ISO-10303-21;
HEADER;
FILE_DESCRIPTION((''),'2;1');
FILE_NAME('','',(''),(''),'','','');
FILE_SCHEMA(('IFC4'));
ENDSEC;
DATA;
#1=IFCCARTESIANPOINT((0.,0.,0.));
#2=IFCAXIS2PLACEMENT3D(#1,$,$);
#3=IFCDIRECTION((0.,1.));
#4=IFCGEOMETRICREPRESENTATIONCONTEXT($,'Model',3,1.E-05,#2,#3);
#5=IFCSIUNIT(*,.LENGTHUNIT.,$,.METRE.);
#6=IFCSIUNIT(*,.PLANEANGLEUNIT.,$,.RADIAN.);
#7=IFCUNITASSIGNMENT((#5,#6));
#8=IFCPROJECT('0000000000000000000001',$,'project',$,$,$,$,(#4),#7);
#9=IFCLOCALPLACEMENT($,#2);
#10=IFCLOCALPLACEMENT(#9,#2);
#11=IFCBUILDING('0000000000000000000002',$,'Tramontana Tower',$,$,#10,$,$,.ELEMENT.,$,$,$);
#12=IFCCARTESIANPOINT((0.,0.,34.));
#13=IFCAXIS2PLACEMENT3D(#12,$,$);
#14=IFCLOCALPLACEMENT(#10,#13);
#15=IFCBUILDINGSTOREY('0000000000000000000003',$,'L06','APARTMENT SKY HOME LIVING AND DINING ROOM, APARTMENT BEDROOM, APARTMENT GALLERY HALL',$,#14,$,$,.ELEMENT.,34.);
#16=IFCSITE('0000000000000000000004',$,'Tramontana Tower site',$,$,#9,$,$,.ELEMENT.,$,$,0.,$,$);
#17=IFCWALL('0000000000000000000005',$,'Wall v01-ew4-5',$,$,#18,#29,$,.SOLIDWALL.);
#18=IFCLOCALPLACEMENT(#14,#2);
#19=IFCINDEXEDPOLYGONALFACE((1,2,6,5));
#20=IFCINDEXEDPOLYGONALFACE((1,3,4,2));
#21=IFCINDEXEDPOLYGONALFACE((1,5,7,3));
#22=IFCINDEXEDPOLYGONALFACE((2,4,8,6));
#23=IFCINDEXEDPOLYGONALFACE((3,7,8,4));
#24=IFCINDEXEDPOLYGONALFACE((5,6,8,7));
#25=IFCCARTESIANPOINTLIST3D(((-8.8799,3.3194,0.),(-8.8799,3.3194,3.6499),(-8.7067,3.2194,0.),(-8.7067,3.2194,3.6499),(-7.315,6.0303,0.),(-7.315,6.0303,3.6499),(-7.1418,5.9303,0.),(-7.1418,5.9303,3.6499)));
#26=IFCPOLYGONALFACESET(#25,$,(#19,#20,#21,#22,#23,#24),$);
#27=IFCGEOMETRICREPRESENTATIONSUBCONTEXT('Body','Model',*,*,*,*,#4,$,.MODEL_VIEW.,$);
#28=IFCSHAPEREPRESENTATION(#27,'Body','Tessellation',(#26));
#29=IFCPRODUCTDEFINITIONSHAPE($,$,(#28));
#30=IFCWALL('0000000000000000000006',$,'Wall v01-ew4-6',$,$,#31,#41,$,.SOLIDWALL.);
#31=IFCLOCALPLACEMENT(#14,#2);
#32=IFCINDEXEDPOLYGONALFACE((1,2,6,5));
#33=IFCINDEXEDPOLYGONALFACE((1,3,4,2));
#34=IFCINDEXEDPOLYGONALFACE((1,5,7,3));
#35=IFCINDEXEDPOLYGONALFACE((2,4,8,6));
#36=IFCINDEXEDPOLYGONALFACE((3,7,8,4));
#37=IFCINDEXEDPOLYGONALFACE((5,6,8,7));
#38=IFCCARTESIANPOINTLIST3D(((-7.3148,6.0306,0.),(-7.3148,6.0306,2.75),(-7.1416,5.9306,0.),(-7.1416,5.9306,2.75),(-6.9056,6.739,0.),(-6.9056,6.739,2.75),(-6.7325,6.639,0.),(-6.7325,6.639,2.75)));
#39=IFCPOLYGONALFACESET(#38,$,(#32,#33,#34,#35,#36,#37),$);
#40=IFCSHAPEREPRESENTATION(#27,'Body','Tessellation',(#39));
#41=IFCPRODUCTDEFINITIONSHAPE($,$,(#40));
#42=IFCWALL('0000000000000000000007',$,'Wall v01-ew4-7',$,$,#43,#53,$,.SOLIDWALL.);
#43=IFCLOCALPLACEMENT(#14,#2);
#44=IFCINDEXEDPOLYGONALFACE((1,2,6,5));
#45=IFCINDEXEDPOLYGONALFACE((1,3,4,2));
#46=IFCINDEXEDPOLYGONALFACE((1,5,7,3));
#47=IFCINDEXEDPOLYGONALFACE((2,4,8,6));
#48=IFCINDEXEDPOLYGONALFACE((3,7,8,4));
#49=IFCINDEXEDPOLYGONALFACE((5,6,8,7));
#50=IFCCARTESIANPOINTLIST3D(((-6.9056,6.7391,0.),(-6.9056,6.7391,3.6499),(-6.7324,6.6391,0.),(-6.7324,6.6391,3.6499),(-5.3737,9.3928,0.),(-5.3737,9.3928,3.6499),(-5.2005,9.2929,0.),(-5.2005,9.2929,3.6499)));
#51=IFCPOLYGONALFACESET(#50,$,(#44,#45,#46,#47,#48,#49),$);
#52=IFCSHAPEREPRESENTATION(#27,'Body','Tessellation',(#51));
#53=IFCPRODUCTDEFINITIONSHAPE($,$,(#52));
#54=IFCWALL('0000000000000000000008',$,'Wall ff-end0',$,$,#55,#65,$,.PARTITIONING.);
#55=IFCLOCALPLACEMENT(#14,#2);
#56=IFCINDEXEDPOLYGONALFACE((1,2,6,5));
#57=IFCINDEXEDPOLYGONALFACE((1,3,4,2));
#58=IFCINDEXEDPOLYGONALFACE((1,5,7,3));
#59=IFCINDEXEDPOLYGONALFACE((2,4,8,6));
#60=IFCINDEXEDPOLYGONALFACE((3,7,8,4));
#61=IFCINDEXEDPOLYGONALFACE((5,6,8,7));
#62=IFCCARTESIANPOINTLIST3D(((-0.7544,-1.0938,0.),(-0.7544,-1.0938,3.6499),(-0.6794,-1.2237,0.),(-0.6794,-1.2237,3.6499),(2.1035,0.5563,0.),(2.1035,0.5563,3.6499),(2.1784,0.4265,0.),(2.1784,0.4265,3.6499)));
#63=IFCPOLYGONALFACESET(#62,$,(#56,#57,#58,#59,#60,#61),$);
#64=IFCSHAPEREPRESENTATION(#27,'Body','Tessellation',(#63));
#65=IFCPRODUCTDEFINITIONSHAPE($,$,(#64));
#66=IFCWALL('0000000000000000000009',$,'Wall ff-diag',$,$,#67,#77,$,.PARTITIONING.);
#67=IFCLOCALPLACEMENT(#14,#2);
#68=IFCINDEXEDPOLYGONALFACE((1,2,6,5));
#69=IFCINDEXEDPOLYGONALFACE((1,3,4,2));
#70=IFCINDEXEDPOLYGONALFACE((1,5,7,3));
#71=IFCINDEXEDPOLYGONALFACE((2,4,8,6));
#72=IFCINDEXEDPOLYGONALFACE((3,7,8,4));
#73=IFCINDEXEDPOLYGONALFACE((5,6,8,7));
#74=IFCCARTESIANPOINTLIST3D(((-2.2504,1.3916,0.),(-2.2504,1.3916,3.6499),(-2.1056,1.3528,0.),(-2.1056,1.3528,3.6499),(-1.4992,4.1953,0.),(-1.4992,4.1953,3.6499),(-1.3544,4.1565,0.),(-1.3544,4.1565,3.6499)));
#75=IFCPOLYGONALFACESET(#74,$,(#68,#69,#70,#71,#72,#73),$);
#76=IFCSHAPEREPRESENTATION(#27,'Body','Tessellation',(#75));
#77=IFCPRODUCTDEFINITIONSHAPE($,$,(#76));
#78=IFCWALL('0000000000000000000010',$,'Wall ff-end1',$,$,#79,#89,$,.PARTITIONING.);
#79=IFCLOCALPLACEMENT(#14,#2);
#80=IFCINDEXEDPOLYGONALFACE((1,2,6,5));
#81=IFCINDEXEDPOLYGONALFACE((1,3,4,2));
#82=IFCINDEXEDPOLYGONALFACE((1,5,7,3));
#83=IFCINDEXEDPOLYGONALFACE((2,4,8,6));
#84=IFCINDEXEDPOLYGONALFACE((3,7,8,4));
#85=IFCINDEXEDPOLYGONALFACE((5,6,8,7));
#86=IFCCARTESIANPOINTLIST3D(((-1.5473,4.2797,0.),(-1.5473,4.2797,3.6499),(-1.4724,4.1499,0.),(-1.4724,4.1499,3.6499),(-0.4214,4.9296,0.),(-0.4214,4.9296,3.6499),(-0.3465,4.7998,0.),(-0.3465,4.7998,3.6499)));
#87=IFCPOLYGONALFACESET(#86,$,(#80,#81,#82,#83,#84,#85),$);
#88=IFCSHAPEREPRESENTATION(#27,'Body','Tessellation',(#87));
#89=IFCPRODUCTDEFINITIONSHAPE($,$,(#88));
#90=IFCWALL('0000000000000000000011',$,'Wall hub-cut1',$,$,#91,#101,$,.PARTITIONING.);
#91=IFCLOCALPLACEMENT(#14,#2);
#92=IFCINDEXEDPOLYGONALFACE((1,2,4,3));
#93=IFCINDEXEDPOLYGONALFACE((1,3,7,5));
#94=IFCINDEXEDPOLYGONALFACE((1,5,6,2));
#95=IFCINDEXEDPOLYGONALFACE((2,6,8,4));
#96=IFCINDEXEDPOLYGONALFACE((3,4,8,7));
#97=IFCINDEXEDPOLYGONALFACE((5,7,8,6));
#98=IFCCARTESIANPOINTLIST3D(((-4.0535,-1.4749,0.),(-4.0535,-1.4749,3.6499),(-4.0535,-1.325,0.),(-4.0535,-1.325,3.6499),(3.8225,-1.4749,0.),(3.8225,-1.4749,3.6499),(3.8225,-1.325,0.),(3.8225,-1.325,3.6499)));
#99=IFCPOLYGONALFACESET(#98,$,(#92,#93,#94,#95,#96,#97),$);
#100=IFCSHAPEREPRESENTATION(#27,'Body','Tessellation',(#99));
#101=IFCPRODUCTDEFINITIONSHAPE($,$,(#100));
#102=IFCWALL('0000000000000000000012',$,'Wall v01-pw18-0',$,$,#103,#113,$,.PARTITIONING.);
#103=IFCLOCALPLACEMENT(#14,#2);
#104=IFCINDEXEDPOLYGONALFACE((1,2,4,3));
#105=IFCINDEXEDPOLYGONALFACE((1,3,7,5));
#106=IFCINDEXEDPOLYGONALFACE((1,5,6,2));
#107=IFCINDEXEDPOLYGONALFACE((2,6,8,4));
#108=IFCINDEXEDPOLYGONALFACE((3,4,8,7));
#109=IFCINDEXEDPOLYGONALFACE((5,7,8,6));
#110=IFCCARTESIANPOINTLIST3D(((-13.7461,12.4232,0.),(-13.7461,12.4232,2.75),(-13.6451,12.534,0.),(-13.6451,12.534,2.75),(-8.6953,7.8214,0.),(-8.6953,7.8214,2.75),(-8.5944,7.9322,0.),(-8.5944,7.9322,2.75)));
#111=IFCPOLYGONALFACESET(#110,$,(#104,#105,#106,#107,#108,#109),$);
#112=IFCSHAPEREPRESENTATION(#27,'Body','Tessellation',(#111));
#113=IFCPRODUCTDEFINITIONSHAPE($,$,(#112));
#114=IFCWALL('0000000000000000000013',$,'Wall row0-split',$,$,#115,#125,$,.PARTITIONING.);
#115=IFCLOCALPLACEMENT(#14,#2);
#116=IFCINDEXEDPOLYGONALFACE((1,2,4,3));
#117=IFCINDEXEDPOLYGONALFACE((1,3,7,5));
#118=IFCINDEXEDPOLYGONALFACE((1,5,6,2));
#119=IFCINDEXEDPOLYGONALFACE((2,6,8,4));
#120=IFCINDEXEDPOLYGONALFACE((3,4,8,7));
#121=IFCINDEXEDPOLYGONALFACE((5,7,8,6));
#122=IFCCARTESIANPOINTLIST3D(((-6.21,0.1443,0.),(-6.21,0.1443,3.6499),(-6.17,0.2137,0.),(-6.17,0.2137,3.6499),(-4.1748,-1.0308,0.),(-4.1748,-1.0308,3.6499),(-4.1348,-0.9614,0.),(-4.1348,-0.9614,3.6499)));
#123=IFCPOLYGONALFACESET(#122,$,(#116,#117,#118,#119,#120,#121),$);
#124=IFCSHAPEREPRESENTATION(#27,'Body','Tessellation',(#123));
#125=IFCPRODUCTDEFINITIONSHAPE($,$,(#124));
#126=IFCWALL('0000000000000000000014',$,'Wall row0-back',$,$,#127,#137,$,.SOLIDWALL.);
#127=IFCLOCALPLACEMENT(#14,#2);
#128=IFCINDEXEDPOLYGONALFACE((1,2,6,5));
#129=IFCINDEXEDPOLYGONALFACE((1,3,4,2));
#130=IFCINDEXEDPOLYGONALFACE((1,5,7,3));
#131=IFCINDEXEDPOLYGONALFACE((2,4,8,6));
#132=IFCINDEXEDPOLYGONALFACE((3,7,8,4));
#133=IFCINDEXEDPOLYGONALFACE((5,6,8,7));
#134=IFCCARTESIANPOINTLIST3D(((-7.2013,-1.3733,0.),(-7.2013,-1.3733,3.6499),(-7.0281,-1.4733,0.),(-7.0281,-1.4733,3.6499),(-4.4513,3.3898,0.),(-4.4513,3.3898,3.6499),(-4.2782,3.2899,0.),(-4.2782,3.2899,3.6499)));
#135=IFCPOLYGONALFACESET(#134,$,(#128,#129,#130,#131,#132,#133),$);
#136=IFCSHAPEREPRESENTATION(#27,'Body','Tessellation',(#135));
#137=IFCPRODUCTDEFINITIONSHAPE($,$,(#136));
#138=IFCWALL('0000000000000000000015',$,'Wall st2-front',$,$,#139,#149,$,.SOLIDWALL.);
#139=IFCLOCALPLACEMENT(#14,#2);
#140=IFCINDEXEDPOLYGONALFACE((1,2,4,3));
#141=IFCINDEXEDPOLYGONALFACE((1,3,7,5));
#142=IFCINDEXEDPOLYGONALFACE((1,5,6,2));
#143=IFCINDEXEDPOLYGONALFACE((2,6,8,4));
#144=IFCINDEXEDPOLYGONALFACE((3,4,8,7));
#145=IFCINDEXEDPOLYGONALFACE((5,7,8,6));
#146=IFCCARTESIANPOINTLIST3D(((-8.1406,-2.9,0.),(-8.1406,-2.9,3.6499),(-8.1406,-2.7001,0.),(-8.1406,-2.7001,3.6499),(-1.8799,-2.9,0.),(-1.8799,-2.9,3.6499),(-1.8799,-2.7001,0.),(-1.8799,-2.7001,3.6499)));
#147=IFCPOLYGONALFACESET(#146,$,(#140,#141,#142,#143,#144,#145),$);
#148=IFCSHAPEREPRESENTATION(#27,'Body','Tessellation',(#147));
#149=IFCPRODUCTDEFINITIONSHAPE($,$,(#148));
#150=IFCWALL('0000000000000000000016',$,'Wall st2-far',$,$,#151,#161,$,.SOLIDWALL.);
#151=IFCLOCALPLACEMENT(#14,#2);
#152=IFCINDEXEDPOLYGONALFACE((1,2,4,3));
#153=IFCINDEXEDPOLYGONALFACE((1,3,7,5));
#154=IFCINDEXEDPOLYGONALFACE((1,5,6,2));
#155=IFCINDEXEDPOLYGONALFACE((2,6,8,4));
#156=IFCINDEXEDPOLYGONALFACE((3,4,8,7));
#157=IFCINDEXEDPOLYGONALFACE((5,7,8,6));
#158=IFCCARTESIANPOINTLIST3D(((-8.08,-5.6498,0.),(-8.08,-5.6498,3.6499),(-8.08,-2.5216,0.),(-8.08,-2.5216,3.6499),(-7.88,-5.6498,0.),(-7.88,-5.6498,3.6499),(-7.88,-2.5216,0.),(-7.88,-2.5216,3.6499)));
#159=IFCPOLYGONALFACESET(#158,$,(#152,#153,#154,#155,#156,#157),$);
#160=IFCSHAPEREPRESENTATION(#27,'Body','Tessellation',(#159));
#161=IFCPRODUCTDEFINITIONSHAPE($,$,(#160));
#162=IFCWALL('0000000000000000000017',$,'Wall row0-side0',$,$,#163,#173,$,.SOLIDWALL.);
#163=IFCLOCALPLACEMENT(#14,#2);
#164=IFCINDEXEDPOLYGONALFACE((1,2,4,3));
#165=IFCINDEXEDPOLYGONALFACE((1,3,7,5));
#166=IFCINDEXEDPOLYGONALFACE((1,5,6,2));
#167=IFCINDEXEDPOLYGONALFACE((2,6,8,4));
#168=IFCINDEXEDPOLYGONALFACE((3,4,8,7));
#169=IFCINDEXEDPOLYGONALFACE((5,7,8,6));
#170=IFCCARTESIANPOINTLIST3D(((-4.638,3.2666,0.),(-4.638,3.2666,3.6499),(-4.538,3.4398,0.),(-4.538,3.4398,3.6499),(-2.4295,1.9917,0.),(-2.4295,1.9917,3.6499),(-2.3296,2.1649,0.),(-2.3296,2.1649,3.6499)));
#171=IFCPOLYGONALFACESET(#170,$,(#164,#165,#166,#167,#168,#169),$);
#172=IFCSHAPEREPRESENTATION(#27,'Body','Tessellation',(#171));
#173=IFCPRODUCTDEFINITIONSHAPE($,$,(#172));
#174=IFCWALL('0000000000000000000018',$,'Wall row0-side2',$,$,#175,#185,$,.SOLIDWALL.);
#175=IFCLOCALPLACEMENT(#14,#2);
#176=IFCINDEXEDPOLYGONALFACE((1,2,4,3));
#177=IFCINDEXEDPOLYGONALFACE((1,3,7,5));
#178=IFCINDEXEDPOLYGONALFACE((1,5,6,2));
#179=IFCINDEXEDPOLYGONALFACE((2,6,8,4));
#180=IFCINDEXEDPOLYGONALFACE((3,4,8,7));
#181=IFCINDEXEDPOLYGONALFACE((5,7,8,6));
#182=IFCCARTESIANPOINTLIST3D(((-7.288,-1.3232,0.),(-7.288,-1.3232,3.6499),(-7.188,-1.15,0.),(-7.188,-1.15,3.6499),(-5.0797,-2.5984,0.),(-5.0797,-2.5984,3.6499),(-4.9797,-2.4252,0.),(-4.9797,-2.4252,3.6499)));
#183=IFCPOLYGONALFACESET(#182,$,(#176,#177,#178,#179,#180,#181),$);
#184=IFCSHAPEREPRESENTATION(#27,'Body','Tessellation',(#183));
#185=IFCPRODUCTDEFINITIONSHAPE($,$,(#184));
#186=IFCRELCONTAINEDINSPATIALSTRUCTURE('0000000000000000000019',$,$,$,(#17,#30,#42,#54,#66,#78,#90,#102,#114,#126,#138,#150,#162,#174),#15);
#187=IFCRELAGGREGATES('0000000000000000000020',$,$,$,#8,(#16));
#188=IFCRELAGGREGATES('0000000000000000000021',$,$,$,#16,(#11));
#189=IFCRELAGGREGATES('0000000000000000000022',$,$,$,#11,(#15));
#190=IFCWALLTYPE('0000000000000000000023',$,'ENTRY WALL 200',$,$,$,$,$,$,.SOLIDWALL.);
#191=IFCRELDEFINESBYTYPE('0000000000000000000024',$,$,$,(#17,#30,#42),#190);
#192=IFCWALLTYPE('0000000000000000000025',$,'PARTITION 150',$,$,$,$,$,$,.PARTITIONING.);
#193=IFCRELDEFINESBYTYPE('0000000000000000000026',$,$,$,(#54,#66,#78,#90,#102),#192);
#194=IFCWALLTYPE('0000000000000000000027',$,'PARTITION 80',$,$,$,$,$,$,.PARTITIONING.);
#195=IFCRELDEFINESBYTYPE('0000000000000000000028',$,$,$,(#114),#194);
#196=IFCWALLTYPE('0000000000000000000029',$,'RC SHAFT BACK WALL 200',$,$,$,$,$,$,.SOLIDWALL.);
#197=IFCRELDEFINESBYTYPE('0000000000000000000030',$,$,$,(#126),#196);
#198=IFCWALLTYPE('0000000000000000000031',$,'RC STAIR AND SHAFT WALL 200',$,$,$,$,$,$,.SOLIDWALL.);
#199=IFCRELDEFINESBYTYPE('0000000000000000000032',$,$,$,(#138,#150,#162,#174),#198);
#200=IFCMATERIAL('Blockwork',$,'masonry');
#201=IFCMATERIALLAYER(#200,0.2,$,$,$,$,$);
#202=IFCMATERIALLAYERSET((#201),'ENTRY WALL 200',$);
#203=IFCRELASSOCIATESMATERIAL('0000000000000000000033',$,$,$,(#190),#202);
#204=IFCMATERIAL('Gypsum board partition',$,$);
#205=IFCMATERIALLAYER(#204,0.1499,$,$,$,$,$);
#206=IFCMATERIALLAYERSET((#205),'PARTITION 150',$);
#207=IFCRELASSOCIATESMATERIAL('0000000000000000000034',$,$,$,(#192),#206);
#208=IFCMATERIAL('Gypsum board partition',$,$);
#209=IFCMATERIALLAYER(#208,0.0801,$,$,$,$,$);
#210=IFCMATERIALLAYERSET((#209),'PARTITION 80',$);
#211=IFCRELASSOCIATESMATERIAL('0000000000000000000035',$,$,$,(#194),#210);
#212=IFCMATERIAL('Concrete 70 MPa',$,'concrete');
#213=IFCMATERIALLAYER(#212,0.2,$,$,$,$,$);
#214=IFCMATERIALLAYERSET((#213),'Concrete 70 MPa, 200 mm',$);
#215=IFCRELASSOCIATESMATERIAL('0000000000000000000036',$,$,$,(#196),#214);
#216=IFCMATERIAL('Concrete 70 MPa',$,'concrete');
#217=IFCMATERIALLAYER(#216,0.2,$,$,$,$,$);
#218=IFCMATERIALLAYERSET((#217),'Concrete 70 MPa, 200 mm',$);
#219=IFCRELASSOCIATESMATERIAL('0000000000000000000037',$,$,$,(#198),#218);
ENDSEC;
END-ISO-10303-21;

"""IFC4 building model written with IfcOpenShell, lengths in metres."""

from ifc_helpers import new_model, si_unit, direction, frame, frame_2d, origin, place, context, subcontext, project, spatial, rectangle, extrude, material, layer, layer_set, type_object, element, save


model = new_model("IFC4")

# Units and contexts
model_context = context("Model", 3, precision=1e-05, world=origin(), true_north=direction((0.0, 1.0)))
body_context = subcontext(model_context, "Body", "Model", "MODEL_VIEW")
ifc_project = project(units=[si_unit("LENGTHUNIT", "METRE"), si_unit("PLANEANGLEUNIT", "RADIAN")], contexts=[model_context])

# Site, building, storey
site_placement = place(None, origin())
site = spatial("IfcSite", under=ifc_project, at=site_placement, Name="Tramontana Tower site", CompositionType="ELEMENT", RefElevation=0.0)
building_placement = place(site_placement, origin())
building = spatial("IfcBuilding", under=site, at=building_placement, Name="Tramontana Tower", CompositionType="ELEMENT")
storey_placement = place(building_placement, frame((0.0, 0.0, 34.0)))
storey = spatial("IfcBuildingStorey", under=building, at=storey_placement, Name="L06", Description="APARTMENT SKY HOME LIVING AND DINING ROOM, APARTMENT BEDROOM, APARTMENT GALLERY HALL", CompositionType="ELEMENT", Elevation=34.0)

# Walls
ifc_material_1 = material(Name="Blockwork", Category="masonry")
ifc_layer_1 = layer(ifc_material_1, 0.2)
ifc_layer_set_1 = layer_set([ifc_layer_1], Name="ENTRY WALL 200")
wall_type_1 = type_object("IfcWallType", Name="ENTRY WALL 200", PredefinedType="SOLIDWALL", material=ifc_layer_set_1)
wall_1_placement = place(storey_placement, frame((-8.7932, 3.2695, 0.0), z_axis=(0.0, 0.0, 1.0), x_axis=(0.499948, 0.866056, 0.0)))
element("IfcWall", 1, at=wall_1_placement, inside=storey, type_object=wall_type_1, Name="Wall v01-ew4-5", PredefinedType="SOLIDWALL", context=body_context, shape_type="SweptSolid", body=[
    extrude(rectangle(XDim=3.1301, YDim=0.2, at=frame_2d((1.5649, 0.0))), origin(), (0.0, 0.0, 1.0), 3.6499),
])
wall_2_placement = place(storey_placement, frame((-7.2283, 5.9805, 0.0), z_axis=(0.0, 0.0, 1.0), x_axis=(0.500119, 0.865957, 0.0)))
element("IfcWall", 2, at=wall_2_placement, inside=storey, type_object=wall_type_1, Name="Wall v01-ew4-6", PredefinedType="SOLIDWALL", context=body_context, shape_type="SweptSolid", body=[
    extrude(rectangle(XDim=0.8181, YDim=0.2, at=frame_2d((0.4092, 0.0))), origin(), (0.0, 0.0, 1.0), 2.75),
])
wall_3_placement = place(storey_placement, frame((-6.8191, 6.689, 0.0), z_axis=(0.0, 0.0, 1.0), x_axis=(0.499952, 0.866053, 0.0)))
element("IfcWall", 3, at=wall_3_placement, inside=storey, type_object=wall_type_1, Name="Wall v01-ew4-7", PredefinedType="SOLIDWALL", context=body_context, shape_type="SweptSolid", body=[
    extrude(rectangle(XDim=3.0642, YDim=0.2, at=frame_2d((1.5322, 0.0))), origin(), (0.0, 0.0, 1.0), 3.6499),
])

# Shared definitions
ifc_material_2 = material(Name="Gypsum board partition")
ifc_layer_2 = layer(ifc_material_2, 0.1499)
ifc_layer_set_2 = layer_set([ifc_layer_2], Name="PARTITION 150")
wall_type_2 = type_object("IfcWallType", Name="PARTITION 150", PredefinedType="PARTITIONING", material=ifc_layer_set_2)

# Walls
wall_4_placement = place(storey_placement, frame((-0.7168, -1.1587, 0.0), z_axis=(0.0, 0.0, 1.0), x_axis=(0.866008, 0.50003, 0.0)))
element("IfcWall", 4, at=wall_4_placement, inside=storey, type_object=wall_type_2, Name="Wall ff-end0", PredefinedType="PARTITIONING", context=body_context, shape_type="SweptSolid", body=[
    extrude(rectangle(XDim=3.3, YDim=0.1499, at=frame_2d((1.6499, 0.0))), origin(), (0.0, 0.0, 1.0), 3.6499),
])
wall_5_placement = place(storey_placement, frame((-2.178, 1.3723, 0.0), z_axis=(0.0, 0.0, 1.0), x_axis=(0.258809, 0.965929, 0.0)))
element("IfcWall", 5, at=wall_5_placement, inside=storey, type_object=wall_type_2, Name="Wall ff-diag", PredefinedType="PARTITIONING", context=body_context, shape_type="SweptSolid", body=[
    extrude(rectangle(XDim=2.9026, YDim=0.1499, at=frame_2d((1.4512, 0.0))), origin(), (0.0, 0.0, 1.0), 3.6499),
])
wall_6_placement = place(storey_placement, frame((-1.5098, 4.2148, 0.0), z_axis=(0.0, 0.0, 1.0), x_axis=(0.866086, 0.499896, 0.0)))
element("IfcWall", 6, at=wall_6_placement, inside=storey, type_object=wall_type_2, Name="Wall ff-end1", PredefinedType="PARTITIONING", context=body_context, shape_type="SweptSolid", body=[
    extrude(rectangle(XDim=1.3, YDim=0.1499, at=frame_2d((0.6499, 0.0))), origin(), (0.0, 0.0, 1.0), 3.6499),
])
wall_7_placement = place(storey_placement, frame((-4.0535, -1.3999, 0.0), z_axis=(0.0, 0.0, 1.0), x_axis=(1.0, 0.0, 0.0)))
element("IfcWall", 7, at=wall_7_placement, inside=storey, type_object=wall_type_2, Name="Wall hub-cut1", PredefinedType="PARTITIONING", context=body_context, shape_type="SweptSolid", body=[
    extrude(rectangle(XDim=7.876, YDim=0.1499, at=frame_2d((3.938, 0.0))), origin(), (0.0, 0.0, 1.0), 3.6499),
])

# Walls
wall_8_placement = place(storey_placement, frame((-8.6448, 7.8767, 0.0), z_axis=(0.0, 0.0, 1.0), x_axis=(-0.739198, 0.673489, 0.0)))
element("IfcWall", 8, at=wall_8_placement, inside=storey, type_object=wall_type_2, Name="Wall v01-pw18-0", PredefinedType="PARTITIONING", context=body_context, shape_type="SweptSolid", body=[
    extrude(rectangle(XDim=6.8328, YDim=0.1499, at=frame_2d((3.4165, 0.0))), origin(), (0.0, 0.0, 1.0), 2.75),
])
ifc_material_3 = material(Name="Gypsum board partition")
ifc_layer_3 = layer(ifc_material_3, 0.0801)
ifc_layer_set_3 = layer_set([ifc_layer_3], Name="PARTITION 80")
wall_type_3 = type_object("IfcWallType", Name="PARTITION 80", PredefinedType="PARTITIONING", material=ifc_layer_set_3)
wall_9_placement = place(storey_placement, frame((-4.1548, -0.9961, 0.0), z_axis=(0.0, 0.0, 1.0), x_axis=(-0.866016, 0.500016, 0.0)))
element("IfcWall", 9, at=wall_9_placement, inside=storey, type_object=wall_type_3, Name="Wall row0-split", PredefinedType="PARTITIONING", context=body_context, shape_type="SweptSolid", body=[
    extrude(rectangle(XDim=2.3501, YDim=0.0801, at=frame_2d((1.175, 0.0))), origin(), (0.0, 0.0, 1.0), 3.6499),
])
ifc_material_4 = material(Name="Concrete 70 MPa", Category="concrete")
ifc_layer_4 = layer(ifc_material_4, 0.2)
ifc_layer_set_4 = layer_set([ifc_layer_4], Name="Concrete 70 MPa, 200 mm")
wall_type_4 = type_object("IfcWallType", Name="RC SHAFT BACK WALL 200", PredefinedType="SOLIDWALL", material=ifc_layer_set_4)
wall_10_placement = place(storey_placement, frame((-4.3647, 3.3398, 0.0), z_axis=(0.0, 0.0, 1.0), x_axis=(-0.499997, -0.866027, 0.0)))
element("IfcWall", 10, at=wall_10_placement, inside=storey, type_object=wall_type_4, Name="Wall row0-back", PredefinedType="SOLIDWALL", context=body_context, shape_type="SweptSolid", body=[
    extrude(rectangle(XDim=5.5, YDim=0.2, at=frame_2d((2.75, 0.0))), origin(), (0.0, 0.0, 1.0), 3.6499),
])

# Shared definitions
ifc_material_5 = material(Name="Concrete 70 MPa", Category="concrete")
ifc_layer_5 = layer(ifc_material_5, 0.2)
ifc_layer_set_5 = layer_set([ifc_layer_5], Name="Concrete 70 MPa, 200 mm")
wall_type_5 = type_object("IfcWallType", Name="RC STAIR AND SHAFT WALL 200", PredefinedType="SOLIDWALL", material=ifc_layer_set_5)

# Walls
wall_11_placement = place(storey_placement, frame((-8.1406, -2.8, 0.0), z_axis=(0.0, 0.0, 1.0), x_axis=(1.0, 0.0, 0.0)))
element("IfcWall", 11, at=wall_11_placement, inside=storey, type_object=wall_type_5, Name="Wall st2-front", PredefinedType="SOLIDWALL", context=body_context, shape_type="SweptSolid", body=[
    extrude(rectangle(XDim=6.2607, YDim=0.2, at=frame_2d((3.1304, 0.0))), origin(), (0.0, 0.0, 1.0), 3.6499),
])
wall_12_placement = place(storey_placement, frame((-7.98, -2.5217, 0.0), z_axis=(0.0, 0.0, 1.0), x_axis=(0.0, -1.0, 0.0)))
element("IfcWall", 12, at=wall_12_placement, inside=storey, type_object=wall_type_5, Name="Wall st2-far", PredefinedType="SOLIDWALL", context=body_context, shape_type="SweptSolid", body=[
    extrude(rectangle(XDim=3.1282, YDim=0.2, at=frame_2d((1.564, 0.0))), origin(), (0.0, 0.0, 1.0), 3.6499),
])

# Walls
for number, where, z_axis, x_axis, name in (
    (13, (-2.3796, 2.0784, 0.0), (0.0, 0.0, 1.0), (-0.866055, 0.499949, 0.0), "Wall row0-side0"),
    (14, (-5.0298, -2.5117, 0.0), (0.0, 0.0, 1.0), (-0.865989, 0.500062, 0.0), "Wall row0-side2"),
):
    element("IfcWall", number, at=place(storey_placement, frame(where, z_axis=z_axis, x_axis=x_axis)), inside=storey, type_object=wall_type_5, Name=name, PredefinedType="SOLIDWALL", context=body_context, shape_type="SweptSolid", body=[
        extrude(rectangle(XDim=2.55, YDim=0.2, at=frame_2d((1.2749, 0.0))), origin(), (0.0, 0.0, 1.0), 3.6499),
    ])

save(model, "model.ifc")
